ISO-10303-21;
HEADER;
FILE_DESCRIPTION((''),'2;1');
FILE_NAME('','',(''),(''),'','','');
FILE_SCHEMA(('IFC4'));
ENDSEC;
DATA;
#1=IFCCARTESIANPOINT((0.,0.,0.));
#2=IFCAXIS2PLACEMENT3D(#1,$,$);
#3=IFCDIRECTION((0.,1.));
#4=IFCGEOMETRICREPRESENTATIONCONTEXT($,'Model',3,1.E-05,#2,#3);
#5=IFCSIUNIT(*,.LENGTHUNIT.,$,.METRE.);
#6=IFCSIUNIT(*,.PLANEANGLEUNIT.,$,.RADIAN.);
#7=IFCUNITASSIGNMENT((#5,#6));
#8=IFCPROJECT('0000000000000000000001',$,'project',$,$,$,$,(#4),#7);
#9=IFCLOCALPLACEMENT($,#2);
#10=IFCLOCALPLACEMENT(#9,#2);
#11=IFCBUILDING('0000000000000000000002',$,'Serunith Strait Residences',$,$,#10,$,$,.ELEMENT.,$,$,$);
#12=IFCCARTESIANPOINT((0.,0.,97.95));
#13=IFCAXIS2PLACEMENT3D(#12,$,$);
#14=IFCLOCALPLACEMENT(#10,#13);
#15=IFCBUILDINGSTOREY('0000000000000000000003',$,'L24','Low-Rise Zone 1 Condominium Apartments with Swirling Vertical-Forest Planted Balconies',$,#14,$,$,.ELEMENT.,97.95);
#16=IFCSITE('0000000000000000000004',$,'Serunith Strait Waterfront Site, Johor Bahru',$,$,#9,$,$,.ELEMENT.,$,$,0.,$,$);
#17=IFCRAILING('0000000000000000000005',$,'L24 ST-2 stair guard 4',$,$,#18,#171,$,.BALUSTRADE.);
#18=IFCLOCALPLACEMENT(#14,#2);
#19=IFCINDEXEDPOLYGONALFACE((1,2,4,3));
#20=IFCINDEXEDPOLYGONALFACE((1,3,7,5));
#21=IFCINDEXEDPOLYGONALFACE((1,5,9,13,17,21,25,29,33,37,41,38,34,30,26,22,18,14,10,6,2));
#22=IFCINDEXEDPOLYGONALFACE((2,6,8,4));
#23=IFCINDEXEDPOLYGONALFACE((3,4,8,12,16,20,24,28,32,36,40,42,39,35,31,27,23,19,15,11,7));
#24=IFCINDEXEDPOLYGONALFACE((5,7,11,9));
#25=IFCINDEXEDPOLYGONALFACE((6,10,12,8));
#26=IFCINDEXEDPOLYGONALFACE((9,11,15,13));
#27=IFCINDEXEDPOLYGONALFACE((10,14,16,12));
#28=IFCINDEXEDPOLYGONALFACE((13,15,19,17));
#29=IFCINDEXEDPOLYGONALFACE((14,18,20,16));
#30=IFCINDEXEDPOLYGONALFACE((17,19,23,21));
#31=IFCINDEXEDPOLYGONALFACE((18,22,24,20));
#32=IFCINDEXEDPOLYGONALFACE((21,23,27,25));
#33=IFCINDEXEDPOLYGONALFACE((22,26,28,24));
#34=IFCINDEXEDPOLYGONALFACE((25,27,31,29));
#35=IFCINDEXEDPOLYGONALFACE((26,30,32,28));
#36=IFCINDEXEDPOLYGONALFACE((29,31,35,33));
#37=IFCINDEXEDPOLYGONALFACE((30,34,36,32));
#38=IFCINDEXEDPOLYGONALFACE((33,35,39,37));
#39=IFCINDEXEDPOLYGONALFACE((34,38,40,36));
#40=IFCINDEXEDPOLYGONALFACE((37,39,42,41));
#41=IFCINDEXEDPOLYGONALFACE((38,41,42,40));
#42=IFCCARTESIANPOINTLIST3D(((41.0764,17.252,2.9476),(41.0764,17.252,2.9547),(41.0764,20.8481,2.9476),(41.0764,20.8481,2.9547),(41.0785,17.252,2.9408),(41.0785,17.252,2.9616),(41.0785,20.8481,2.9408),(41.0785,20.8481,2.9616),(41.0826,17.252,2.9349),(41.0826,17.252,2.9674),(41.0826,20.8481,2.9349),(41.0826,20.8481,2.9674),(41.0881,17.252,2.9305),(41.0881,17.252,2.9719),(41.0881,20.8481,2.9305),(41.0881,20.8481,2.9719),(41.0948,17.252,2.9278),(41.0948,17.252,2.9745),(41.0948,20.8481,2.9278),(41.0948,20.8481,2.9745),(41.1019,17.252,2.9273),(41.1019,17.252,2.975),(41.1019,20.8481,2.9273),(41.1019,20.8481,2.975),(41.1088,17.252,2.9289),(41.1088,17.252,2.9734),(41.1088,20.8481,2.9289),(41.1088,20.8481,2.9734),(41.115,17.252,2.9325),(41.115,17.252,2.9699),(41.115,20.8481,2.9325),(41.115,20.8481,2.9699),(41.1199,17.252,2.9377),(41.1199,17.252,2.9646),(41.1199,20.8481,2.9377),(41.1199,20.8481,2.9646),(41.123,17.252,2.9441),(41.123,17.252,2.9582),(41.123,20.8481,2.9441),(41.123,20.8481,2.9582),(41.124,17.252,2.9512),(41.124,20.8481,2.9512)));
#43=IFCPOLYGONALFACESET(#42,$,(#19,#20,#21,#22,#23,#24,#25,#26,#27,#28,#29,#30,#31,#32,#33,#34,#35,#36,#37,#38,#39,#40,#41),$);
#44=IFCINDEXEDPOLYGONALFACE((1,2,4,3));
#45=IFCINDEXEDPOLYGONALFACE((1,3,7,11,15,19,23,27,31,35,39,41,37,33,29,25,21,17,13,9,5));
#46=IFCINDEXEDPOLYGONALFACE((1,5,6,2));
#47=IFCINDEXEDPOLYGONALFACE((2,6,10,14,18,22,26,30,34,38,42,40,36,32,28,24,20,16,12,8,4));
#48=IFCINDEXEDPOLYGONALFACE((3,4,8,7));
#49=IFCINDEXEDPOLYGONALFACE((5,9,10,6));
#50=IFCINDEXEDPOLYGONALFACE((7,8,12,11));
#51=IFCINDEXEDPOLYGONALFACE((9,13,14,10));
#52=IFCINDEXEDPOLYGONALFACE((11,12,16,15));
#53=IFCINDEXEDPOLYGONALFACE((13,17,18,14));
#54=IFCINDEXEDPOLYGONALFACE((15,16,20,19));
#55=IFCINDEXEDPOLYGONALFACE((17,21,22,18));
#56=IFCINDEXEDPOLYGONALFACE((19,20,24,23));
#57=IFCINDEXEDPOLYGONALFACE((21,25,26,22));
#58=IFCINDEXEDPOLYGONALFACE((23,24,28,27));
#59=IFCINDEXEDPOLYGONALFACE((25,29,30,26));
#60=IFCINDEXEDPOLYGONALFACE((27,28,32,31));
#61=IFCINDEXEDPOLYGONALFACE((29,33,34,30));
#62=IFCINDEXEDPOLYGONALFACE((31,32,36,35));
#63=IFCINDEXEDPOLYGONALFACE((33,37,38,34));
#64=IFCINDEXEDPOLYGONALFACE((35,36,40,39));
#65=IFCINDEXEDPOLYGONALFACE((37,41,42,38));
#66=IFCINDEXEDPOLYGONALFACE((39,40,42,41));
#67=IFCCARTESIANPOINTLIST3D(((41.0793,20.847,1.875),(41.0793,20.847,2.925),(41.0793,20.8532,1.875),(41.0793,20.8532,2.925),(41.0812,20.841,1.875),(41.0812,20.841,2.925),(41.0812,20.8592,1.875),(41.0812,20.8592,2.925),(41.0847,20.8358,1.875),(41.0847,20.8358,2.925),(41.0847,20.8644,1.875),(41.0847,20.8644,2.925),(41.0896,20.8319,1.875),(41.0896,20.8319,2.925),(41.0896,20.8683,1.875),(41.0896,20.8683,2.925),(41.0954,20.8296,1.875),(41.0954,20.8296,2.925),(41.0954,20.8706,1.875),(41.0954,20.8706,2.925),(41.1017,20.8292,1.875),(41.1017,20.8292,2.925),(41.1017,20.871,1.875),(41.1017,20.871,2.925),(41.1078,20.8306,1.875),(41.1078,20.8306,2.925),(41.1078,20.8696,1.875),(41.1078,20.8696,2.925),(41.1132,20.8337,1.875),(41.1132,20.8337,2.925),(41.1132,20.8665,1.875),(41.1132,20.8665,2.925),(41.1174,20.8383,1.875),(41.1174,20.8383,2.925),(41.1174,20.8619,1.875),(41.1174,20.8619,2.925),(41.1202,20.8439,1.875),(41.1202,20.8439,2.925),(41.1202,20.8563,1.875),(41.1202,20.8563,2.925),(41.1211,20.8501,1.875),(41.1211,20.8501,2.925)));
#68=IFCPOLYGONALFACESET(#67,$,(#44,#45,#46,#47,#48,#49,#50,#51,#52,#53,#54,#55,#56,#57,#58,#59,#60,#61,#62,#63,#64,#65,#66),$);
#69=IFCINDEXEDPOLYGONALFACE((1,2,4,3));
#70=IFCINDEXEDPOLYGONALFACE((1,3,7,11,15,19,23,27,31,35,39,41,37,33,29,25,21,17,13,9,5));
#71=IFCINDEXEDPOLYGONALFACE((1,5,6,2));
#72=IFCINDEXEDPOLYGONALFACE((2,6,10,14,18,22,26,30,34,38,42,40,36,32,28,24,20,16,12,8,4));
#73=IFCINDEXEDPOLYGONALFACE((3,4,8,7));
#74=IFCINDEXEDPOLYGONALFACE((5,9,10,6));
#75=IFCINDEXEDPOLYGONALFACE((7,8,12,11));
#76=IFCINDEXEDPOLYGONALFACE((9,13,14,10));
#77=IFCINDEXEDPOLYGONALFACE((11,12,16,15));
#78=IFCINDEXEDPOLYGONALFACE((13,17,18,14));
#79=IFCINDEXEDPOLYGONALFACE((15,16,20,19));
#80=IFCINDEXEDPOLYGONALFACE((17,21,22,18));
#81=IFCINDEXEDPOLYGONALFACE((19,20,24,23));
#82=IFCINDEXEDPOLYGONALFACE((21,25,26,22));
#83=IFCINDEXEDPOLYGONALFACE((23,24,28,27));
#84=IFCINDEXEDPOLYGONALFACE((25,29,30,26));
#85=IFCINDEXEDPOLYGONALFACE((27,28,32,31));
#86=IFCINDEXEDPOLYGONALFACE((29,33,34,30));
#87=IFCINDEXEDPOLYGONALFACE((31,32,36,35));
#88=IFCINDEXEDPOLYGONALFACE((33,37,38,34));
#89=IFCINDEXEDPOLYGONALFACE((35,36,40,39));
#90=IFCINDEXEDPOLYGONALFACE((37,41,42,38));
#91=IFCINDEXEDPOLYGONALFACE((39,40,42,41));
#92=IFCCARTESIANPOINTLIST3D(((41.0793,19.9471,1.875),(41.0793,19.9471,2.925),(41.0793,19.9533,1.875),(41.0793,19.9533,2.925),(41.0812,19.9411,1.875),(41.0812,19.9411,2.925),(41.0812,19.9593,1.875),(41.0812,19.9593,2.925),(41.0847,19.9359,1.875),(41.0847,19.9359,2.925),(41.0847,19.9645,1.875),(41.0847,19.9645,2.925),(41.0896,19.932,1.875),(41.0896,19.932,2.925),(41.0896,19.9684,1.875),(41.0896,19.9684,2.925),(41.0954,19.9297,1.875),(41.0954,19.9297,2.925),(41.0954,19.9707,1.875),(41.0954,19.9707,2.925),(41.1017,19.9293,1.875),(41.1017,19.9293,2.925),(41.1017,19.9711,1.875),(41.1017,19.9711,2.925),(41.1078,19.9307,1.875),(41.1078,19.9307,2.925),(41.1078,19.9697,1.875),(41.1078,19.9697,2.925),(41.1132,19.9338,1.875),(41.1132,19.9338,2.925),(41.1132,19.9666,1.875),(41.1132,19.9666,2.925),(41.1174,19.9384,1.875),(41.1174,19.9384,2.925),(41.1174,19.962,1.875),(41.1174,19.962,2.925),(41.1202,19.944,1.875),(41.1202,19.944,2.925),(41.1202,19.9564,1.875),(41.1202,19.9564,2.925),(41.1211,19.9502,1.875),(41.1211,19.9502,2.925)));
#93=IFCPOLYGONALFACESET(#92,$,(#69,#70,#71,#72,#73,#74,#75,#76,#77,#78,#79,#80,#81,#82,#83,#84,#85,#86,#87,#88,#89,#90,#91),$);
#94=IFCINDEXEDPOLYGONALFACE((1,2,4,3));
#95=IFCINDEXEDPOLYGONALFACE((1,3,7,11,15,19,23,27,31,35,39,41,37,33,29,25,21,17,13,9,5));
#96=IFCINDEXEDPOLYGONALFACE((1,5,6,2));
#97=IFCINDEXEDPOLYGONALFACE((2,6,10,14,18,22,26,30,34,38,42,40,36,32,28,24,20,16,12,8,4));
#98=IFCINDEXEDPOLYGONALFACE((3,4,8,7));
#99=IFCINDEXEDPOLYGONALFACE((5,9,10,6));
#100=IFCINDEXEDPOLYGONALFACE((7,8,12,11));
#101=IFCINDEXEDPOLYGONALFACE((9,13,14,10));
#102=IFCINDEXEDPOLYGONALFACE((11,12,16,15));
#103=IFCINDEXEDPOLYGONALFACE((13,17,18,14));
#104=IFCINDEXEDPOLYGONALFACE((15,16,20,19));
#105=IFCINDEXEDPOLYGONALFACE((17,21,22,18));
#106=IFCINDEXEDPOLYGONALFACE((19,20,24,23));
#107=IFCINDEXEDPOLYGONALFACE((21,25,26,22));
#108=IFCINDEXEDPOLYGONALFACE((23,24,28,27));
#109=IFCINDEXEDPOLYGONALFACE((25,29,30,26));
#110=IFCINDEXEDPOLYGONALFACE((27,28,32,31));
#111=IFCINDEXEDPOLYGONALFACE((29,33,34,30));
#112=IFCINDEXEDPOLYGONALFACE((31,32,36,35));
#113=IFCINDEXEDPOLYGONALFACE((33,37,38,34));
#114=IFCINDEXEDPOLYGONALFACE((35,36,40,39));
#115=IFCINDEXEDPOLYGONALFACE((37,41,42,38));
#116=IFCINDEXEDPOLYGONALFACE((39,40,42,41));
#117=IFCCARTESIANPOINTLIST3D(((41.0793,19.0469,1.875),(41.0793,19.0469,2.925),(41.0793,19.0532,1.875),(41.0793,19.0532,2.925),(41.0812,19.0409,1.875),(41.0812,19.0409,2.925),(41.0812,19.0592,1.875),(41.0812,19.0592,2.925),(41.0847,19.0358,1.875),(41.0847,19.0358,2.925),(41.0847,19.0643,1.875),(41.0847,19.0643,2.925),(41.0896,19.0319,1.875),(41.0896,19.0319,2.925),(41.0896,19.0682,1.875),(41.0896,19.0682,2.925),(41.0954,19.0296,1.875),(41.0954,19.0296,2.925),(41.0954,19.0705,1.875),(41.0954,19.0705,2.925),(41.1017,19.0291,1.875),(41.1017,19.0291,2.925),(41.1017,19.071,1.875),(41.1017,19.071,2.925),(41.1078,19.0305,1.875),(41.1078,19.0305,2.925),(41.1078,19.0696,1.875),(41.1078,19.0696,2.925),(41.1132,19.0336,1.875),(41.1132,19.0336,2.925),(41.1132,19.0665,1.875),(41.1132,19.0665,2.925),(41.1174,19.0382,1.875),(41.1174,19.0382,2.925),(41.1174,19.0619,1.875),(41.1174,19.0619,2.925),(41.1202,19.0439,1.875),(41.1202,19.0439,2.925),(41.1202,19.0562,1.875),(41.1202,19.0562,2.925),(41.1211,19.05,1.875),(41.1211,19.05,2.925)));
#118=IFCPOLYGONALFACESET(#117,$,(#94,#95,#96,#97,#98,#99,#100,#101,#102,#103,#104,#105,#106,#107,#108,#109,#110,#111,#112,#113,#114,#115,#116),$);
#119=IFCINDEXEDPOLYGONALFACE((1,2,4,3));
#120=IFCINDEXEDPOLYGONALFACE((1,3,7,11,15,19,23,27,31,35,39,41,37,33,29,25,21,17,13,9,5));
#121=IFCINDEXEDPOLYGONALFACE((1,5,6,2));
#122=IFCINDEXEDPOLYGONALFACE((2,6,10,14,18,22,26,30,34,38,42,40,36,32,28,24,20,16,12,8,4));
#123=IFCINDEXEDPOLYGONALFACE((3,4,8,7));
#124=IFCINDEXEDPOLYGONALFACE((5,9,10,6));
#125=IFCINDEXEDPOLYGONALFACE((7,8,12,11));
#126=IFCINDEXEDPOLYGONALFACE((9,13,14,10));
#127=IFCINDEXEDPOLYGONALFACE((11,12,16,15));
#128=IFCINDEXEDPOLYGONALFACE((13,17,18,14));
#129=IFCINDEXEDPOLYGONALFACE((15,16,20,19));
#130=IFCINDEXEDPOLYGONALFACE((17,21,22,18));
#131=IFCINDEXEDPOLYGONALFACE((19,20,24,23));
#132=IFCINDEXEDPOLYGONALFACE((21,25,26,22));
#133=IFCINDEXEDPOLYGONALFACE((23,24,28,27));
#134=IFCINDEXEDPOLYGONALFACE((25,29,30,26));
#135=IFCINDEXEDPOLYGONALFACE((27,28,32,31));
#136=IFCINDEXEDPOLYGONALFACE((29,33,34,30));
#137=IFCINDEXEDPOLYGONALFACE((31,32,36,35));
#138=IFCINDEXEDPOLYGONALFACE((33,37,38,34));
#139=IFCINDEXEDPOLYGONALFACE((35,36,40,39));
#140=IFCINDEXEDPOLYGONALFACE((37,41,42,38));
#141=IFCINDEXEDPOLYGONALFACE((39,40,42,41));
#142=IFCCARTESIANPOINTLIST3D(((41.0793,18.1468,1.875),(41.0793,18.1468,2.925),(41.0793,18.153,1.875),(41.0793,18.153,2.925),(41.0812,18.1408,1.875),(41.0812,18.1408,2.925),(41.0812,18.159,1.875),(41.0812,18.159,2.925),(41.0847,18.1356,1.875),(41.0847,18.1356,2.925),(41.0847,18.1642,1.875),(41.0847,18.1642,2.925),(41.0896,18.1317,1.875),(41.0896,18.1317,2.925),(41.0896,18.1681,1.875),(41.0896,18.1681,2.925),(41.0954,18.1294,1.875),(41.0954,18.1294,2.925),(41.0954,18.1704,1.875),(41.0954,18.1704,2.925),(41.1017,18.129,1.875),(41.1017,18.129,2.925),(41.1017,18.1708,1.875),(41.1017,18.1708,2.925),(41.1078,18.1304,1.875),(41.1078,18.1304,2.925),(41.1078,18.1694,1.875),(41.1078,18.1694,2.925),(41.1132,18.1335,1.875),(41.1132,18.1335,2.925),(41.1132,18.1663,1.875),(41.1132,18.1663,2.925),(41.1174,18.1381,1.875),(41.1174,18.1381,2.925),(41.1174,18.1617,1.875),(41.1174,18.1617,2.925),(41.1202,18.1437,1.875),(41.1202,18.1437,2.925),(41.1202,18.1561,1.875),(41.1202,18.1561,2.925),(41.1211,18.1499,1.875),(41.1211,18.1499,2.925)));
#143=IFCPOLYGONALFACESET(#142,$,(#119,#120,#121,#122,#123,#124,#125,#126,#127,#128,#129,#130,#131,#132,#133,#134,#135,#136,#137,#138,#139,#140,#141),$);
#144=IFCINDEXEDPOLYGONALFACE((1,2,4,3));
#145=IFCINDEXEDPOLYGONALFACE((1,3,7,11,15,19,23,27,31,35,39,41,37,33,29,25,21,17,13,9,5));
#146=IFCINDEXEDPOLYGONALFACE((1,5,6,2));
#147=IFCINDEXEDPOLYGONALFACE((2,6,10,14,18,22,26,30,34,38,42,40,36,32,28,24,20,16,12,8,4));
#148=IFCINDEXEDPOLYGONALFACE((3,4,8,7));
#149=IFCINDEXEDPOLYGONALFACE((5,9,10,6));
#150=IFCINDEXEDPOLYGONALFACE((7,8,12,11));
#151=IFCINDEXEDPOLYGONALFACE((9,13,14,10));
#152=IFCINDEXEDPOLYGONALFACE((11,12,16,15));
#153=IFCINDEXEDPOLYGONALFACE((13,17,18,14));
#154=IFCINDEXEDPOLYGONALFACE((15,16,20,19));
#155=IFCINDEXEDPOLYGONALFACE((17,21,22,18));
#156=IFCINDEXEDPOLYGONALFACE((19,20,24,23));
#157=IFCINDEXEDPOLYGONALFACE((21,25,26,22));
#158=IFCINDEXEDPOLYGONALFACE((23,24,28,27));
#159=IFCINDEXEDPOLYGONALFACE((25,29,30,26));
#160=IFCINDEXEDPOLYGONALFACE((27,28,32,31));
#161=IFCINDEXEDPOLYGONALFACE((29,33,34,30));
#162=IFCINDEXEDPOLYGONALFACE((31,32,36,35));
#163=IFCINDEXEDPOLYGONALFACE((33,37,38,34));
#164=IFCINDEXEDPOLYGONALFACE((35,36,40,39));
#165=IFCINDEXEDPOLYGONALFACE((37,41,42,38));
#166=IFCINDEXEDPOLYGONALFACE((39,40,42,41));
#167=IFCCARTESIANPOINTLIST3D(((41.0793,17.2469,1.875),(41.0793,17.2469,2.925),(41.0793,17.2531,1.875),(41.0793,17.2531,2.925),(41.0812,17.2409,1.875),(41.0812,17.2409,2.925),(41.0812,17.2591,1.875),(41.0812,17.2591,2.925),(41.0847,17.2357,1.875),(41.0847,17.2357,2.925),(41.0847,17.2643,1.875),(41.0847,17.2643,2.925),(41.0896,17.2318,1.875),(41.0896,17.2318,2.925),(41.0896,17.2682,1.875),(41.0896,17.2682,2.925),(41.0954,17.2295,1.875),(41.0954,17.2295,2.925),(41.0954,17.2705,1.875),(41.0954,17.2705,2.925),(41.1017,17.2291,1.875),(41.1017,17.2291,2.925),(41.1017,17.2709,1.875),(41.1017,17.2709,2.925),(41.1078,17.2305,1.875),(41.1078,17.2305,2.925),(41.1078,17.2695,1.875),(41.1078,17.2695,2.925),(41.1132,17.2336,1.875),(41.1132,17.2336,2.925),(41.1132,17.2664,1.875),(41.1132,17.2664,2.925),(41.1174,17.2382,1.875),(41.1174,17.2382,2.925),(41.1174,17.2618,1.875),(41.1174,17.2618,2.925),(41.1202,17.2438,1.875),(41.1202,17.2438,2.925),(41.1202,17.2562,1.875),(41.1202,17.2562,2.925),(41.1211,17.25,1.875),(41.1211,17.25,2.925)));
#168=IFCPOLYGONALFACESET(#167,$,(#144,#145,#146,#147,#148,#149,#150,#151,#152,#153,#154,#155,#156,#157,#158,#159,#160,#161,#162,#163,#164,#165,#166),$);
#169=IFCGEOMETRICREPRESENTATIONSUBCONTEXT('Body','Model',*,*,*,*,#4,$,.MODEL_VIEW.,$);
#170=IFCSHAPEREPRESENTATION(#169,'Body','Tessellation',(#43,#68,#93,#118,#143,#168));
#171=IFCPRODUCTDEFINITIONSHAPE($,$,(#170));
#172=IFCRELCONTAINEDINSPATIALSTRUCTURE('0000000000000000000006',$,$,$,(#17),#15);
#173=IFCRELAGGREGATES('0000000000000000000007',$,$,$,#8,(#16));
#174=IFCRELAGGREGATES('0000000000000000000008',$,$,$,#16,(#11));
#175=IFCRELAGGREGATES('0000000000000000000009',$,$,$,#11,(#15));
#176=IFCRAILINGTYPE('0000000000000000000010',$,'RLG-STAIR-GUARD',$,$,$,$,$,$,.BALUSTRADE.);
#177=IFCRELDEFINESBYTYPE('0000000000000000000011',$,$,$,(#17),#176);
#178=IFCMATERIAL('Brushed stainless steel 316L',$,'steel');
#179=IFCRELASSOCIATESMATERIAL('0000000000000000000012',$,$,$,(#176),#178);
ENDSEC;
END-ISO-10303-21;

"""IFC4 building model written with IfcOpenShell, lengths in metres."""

from ifc_helpers import new_model, si_unit, direction, frame, origin, origin_2d, place, context, subcontext, project, spatial, circle, extrude, material, type_object, element, save


model = new_model("IFC4")

# Units and contexts
model_context = context("Model", 3, precision=1e-05, world=origin(), true_north=direction((0.0, 1.0)))
body_context = subcontext(model_context, "Body", "Model", "MODEL_VIEW")
ifc_project = project(units=[si_unit("LENGTHUNIT", "METRE"), si_unit("PLANEANGLEUNIT", "RADIAN")], contexts=[model_context])

# Site, building, storey
site_placement = place(None, origin())
site = spatial("IfcSite", under=ifc_project, at=site_placement, Name="Serunith Strait Waterfront Site, Johor Bahru", CompositionType="ELEMENT", RefElevation=0.0)
building_placement = place(site_placement, origin())
building = spatial("IfcBuilding", under=site, at=building_placement, Name="Serunith Strait Residences", CompositionType="ELEMENT")
storey_placement = place(building_placement, frame((0.0, 0.0, 97.95)))
storey = spatial("IfcBuildingStorey", under=building, at=storey_placement, Name="L24", Description="Low-Rise Zone 1 Condominium Apartments with Swirling Vertical-Forest Planted Balconies", CompositionType="ELEMENT", Elevation=97.95)

# Railing
ifc_material_1 = material(Name="Brushed stainless steel 316L", Category="steel")
railing_type_1 = type_object("IfcRailingType", Name="RLG-STAIR-GUARD", PredefinedType="BALUSTRADE", material=ifc_material_1)
for number, where, name in (
    (1, (41.1001, 20.8501, 1.875), "L24 ST-2 stair guard 4"),
):
    element("IfcRailing", number, at=place(storey_placement, frame(where)), inside=storey, type_object=railing_type_1, Name=name, PredefinedType="BALUSTRADE", context=body_context, shape_type="SweptSolid", body=[
        extrude(circle(Radius=0.0239, at=origin_2d()), frame((0.0, -0.002, 1.0762), z_axis=(0.0, -1.0, 0.0), x_axis=(1.0, 0.0, 0.0)), (0.0, 0.0, 1.0), 3.5962),
        extrude(circle(Radius=0.021, at=origin_2d()), origin(), (0.0, 0.0, 1.0), 1.05),
        extrude(circle(Radius=0.021, at=origin_2d()), frame((0.0, -0.8999, 0.0)), (0.0, 0.0, 1.0), 1.05),
        extrude(circle(Radius=0.021, at=origin_2d()), frame((0.0, -1.8, 0.0)), (0.0, 0.0, 1.0), 1.05),
        extrude(circle(Radius=0.021, at=origin_2d()), frame((0.0, -2.7002, 0.0)), (0.0, 0.0, 1.0), 1.05),
        extrude(circle(Radius=0.021, at=origin_2d()), frame((0.0, -3.6001, 0.0)), (0.0, 0.0, 1.0), 1.05),
    ])

save(model, "model.ifc")
